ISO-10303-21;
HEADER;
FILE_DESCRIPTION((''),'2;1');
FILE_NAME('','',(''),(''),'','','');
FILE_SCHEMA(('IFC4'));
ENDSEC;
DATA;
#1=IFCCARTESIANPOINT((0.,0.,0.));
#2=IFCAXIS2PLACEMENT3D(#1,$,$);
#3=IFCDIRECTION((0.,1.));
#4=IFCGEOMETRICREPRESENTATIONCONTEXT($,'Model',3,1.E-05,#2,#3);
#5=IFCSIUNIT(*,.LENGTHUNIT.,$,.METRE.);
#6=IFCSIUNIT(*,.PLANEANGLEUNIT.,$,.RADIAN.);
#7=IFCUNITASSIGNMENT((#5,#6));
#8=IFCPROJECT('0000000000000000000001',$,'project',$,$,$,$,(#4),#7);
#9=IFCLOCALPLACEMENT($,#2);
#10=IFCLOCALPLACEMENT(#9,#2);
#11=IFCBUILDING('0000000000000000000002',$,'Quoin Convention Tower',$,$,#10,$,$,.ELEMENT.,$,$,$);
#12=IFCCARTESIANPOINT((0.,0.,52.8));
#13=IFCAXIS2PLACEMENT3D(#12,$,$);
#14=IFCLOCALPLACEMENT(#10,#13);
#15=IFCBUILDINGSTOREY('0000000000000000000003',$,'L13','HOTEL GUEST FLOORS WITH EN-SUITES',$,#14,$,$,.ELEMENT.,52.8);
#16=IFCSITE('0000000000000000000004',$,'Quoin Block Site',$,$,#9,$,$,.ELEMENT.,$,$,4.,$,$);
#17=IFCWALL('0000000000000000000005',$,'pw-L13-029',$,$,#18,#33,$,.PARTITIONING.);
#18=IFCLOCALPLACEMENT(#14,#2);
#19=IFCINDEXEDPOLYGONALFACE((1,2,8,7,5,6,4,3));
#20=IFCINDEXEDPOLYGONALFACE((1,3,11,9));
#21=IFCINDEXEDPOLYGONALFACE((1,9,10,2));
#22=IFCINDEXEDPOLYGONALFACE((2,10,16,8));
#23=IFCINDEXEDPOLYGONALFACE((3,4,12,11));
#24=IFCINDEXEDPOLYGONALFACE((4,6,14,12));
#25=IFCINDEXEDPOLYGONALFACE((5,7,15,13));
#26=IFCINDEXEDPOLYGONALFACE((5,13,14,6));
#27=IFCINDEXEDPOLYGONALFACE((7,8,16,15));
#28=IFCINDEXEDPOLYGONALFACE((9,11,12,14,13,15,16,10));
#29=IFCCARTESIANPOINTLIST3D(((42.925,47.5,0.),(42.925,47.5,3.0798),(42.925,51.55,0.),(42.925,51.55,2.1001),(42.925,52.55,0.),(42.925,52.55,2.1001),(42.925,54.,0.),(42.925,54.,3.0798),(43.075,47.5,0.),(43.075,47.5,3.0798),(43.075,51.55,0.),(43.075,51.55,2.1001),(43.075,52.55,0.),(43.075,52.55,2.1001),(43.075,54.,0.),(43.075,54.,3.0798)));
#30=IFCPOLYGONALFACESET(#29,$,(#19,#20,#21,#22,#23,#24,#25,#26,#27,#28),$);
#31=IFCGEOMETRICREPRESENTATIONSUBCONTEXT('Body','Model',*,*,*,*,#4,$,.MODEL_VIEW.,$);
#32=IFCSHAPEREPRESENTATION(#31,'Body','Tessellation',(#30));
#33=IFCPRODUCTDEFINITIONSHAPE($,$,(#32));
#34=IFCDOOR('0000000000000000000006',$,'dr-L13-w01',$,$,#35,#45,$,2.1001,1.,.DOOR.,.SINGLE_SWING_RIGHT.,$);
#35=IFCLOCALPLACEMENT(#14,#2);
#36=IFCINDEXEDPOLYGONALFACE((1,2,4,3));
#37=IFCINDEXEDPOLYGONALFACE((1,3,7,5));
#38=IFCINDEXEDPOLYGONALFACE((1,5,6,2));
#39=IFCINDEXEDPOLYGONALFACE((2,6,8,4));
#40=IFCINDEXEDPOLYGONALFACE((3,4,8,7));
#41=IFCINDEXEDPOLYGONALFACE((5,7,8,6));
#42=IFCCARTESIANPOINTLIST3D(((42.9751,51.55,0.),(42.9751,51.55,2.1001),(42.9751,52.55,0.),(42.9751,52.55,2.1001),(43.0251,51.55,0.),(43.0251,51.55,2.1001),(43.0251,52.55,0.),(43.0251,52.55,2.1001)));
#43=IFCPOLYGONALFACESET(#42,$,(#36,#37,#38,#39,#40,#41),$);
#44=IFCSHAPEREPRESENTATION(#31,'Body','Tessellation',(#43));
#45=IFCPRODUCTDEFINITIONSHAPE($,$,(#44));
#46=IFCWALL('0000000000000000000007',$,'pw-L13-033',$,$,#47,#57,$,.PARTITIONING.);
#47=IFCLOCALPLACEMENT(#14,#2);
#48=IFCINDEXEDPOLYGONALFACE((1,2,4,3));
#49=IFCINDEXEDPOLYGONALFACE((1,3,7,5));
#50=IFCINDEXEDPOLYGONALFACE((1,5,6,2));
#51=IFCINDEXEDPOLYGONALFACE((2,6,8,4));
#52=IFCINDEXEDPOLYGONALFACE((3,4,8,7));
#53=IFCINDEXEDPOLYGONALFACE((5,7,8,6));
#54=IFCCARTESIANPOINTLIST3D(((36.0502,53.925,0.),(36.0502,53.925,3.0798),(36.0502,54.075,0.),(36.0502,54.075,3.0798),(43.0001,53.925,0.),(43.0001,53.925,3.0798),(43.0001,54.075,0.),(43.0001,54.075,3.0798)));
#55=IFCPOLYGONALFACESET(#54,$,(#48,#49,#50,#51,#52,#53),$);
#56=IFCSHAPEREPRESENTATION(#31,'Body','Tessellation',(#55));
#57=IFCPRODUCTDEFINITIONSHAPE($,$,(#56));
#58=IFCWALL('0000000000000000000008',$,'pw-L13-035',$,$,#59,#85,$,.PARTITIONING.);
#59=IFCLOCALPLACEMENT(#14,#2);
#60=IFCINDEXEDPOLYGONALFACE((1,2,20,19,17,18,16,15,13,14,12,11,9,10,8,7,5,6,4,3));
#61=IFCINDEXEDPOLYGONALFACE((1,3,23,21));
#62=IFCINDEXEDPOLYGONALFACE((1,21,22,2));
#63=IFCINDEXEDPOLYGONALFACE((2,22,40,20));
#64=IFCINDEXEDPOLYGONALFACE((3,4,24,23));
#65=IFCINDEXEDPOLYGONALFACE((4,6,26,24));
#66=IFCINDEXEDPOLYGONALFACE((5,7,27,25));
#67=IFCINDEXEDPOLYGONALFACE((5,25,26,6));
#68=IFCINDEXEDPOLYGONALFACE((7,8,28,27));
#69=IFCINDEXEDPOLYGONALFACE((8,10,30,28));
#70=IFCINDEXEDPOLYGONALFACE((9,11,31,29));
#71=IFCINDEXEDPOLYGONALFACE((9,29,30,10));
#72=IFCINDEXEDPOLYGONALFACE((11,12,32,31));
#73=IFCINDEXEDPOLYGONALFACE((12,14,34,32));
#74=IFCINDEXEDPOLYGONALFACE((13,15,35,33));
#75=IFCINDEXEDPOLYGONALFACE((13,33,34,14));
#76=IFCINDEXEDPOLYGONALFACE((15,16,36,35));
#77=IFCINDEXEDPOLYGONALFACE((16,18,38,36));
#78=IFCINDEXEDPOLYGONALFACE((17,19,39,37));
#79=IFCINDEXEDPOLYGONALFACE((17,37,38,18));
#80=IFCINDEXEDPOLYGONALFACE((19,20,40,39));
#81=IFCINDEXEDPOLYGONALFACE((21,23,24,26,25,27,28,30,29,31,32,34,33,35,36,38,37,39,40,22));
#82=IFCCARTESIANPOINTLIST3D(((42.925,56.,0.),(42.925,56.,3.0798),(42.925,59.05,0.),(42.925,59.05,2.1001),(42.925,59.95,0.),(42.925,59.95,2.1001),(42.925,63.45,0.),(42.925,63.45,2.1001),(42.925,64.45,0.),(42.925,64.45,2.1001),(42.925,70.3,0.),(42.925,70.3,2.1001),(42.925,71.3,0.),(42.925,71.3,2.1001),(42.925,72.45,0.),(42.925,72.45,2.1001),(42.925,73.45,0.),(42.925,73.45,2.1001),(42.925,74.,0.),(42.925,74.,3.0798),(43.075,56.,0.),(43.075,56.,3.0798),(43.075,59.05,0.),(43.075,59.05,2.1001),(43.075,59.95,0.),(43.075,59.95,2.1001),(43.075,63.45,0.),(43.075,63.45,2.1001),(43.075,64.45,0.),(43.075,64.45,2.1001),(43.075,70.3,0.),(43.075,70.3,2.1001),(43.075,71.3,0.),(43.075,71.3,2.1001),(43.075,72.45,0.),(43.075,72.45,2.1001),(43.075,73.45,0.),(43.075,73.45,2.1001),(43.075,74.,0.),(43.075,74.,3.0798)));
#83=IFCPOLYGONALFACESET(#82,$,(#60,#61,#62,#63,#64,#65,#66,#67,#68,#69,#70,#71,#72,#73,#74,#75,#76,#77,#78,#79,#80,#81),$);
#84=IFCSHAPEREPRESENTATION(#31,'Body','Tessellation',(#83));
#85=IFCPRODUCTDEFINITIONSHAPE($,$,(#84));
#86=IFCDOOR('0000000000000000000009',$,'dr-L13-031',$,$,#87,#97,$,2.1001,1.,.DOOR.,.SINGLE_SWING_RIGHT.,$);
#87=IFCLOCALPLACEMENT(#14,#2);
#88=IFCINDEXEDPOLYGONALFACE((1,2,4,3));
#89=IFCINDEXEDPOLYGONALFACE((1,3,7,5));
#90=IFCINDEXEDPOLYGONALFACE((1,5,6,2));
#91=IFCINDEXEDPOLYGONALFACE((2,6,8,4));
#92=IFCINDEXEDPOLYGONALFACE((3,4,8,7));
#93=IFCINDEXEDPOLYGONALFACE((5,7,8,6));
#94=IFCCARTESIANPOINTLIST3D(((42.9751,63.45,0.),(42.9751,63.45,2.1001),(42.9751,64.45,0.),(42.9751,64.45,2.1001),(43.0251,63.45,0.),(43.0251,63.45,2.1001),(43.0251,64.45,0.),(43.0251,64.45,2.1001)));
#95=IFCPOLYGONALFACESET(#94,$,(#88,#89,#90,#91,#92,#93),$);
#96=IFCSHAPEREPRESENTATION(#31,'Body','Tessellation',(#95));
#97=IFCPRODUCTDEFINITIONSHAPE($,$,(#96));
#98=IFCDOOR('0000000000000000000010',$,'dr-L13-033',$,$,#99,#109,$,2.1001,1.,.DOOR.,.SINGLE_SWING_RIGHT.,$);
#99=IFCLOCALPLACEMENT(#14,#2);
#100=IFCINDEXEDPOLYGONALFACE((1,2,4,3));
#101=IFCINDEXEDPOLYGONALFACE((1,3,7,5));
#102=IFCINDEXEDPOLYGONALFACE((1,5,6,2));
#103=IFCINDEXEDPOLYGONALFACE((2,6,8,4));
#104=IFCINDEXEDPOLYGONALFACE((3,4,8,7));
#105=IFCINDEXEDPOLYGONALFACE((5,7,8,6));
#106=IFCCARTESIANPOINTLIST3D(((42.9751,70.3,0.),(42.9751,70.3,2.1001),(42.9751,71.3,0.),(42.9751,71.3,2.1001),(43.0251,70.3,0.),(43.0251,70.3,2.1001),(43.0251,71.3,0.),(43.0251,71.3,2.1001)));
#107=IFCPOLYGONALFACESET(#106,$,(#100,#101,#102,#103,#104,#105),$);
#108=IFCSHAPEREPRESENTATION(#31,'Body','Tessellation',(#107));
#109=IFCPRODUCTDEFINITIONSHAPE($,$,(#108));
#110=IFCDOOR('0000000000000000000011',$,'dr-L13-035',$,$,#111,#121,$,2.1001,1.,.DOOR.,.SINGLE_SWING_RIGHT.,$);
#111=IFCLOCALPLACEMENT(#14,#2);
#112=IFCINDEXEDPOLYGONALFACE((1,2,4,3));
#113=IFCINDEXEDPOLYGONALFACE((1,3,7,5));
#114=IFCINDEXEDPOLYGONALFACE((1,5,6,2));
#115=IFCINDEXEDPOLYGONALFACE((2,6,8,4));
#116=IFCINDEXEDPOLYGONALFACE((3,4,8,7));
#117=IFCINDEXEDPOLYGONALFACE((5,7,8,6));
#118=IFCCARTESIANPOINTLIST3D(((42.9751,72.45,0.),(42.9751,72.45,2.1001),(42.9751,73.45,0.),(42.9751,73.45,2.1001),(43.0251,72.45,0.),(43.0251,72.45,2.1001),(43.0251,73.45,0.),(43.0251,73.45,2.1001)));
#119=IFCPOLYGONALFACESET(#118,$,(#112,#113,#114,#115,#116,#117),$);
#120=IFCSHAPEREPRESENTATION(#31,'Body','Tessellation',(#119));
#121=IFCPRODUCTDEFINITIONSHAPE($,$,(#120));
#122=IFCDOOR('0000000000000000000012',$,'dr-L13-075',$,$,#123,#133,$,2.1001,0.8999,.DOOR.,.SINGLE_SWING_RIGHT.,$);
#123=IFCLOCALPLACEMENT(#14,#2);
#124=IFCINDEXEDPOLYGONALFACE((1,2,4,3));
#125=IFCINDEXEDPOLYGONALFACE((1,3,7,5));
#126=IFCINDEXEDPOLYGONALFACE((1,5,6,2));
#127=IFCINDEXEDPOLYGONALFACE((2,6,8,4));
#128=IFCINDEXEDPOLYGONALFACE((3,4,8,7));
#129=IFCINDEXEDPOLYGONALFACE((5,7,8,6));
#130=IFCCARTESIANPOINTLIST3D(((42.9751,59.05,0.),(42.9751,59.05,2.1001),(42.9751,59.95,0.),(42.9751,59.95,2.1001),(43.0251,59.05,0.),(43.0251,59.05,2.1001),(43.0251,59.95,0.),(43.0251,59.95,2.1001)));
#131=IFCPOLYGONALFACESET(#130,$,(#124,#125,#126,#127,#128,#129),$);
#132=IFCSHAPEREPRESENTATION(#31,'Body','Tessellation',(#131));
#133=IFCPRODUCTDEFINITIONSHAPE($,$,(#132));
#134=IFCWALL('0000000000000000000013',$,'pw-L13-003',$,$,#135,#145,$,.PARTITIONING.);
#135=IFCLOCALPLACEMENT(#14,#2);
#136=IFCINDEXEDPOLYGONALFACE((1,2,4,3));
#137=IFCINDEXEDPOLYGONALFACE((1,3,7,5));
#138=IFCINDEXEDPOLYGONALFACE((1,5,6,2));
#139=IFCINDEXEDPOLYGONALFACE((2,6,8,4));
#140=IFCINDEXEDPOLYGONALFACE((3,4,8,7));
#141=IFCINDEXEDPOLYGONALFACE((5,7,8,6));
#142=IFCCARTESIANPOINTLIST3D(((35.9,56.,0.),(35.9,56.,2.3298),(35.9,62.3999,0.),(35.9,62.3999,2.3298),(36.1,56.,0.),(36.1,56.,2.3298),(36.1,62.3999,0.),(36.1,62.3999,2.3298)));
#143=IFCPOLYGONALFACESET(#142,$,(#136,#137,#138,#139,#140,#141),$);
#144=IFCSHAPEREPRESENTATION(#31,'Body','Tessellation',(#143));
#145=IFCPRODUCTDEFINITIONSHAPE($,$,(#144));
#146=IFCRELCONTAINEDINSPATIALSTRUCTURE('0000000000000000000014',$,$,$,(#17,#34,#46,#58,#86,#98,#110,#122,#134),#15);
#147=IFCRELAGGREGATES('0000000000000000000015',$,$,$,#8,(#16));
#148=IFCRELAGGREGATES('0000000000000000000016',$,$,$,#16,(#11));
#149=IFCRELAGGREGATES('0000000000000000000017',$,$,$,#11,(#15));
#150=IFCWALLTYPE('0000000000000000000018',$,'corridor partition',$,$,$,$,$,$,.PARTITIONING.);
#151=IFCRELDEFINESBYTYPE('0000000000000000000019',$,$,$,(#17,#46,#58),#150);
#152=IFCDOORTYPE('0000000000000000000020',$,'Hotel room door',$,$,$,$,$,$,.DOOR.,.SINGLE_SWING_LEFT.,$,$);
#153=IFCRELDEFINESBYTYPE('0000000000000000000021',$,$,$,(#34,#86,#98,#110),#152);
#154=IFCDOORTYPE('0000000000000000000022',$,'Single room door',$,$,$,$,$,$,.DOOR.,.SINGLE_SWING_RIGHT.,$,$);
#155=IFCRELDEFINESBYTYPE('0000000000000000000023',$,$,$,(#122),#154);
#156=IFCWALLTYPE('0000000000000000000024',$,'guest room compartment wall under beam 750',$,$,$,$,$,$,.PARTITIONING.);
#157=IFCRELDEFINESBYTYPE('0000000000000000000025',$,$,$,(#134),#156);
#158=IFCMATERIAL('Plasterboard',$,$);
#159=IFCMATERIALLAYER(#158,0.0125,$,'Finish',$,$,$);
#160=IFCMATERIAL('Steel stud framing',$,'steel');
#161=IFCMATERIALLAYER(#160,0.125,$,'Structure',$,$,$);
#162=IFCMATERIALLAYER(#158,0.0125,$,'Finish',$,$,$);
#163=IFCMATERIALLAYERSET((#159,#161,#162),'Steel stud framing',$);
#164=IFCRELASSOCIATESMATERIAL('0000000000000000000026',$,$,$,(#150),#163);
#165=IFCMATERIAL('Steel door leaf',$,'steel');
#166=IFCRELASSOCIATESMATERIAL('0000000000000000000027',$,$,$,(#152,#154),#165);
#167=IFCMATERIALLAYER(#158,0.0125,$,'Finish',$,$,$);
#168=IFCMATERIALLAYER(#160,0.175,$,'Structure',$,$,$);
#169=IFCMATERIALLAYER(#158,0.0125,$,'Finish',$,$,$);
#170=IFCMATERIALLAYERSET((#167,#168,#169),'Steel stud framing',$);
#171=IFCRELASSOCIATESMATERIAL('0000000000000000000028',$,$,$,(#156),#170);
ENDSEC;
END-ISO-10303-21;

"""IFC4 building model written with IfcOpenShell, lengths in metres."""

from ifc_helpers import new_model, si_unit, direction, frame, frame_2d, origin, place, context, subcontext, project, spatial, rectangle, extrude, material, layer, layer_set, type_object, element, fill, save


model = new_model("IFC4")

# Units and contexts
model_context = context("Model", 3, precision=1e-05, world=origin(), true_north=direction((0.0, 1.0)))
body_context = subcontext(model_context, "Body", "Model", "MODEL_VIEW")
ifc_project = project(units=[si_unit("LENGTHUNIT", "METRE"), si_unit("PLANEANGLEUNIT", "RADIAN")], contexts=[model_context])

# Site, building, storey
site_placement = place(None, origin())
site = spatial("IfcSite", under=ifc_project, at=site_placement, Name="Quoin Block Site", CompositionType="ELEMENT", RefElevation=4.0)
building_placement = place(site_placement, origin())
building = spatial("IfcBuilding", under=site, at=building_placement, Name="Quoin Convention Tower", CompositionType="ELEMENT")
storey_placement = place(building_placement, frame((0.0, 0.0, 52.8)))
storey = spatial("IfcBuildingStorey", under=building, at=storey_placement, Name="L13", Description="HOTEL GUEST FLOORS WITH EN-SUITES", CompositionType="ELEMENT", Elevation=52.8)

# Shared definitions
ifc_material_1 = material(Name="Plasterboard")
ifc_material_2 = material(Name="Steel stud framing", Category="steel")
ifc_material_3 = material(Name="Steel door leaf", Category="steel")

# Shared definitions
ifc_layer_1 = layer(ifc_material_1, 0.0125, Name="Finish")
ifc_layer_2 = layer(ifc_material_2, 0.125, Name="Structure")
ifc_layer_3 = layer(ifc_material_1, 0.0125, Name="Finish")
ifc_layer_set_1 = layer_set([ifc_layer_1, ifc_layer_2, ifc_layer_3], Name="Steel stud framing")
wall_type_1 = type_object("IfcWallType", Name="corridor partition", PredefinedType="PARTITIONING", material=ifc_layer_set_1)

# Wall, opening, door
wall_1_placement = place(storey_placement, frame((43.0, 47.5, 0.0), z_axis=(0.0, 0.0, 1.0), x_axis=(0.0, 1.0, 0.0)))
wall_1 = element("IfcWall", 1, at=wall_1_placement, inside=storey, type_object=wall_type_1, Name="pw-L13-029", PredefinedType="PARTITIONING", context=body_context, shape_type="SweptSolid", body=[
    extrude(rectangle(XDim=6.5, YDim=0.1499, at=frame_2d((3.25, 0.0))), origin(), (0.0, 0.0, 1.0), 3.0798),
])
opening_1_placement = place(wall_1_placement, frame((4.05, 0.0, 0.0)))
opening_1 = element("IfcOpeningElement", 2, at=opening_1_placement, cuts=wall_1, PredefinedType="OPENING", context=body_context, shape_type="SweptSolid", body=[
    extrude(rectangle(XDim=1.0, YDim=2.1001, at=frame_2d((0.5, 1.05))), frame((0.0, 0.085, 0.0), z_axis=(0.0, -1.0, 0.0), x_axis=(1.0, 0.0, 0.0)), (0.0, 0.0, 1.0), 0.1699),
])
door_type_1 = type_object("IfcDoorType", Name="Hotel room door", OperationType="SINGLE_SWING_LEFT", PredefinedType="DOOR", material=ifc_material_3)
door_1_placement = place(opening_1_placement, origin())
door_1 = element("IfcDoor", 3, at=door_1_placement, inside=storey, type_object=door_type_1, Name="dr-L13-w01", OperationType="SINGLE_SWING_RIGHT", OverallHeight=2.1001, OverallWidth=1.0, PredefinedType="DOOR", context=body_context, shape_type="SweptSolid", body=[
    extrude(rectangle(XDim=1.0, YDim=2.1001, at=frame_2d((0.5, 1.05))), frame((0.0, 0.0249, 0.0), z_axis=(0.0, -1.0, 0.0), x_axis=(1.0, 0.0, 0.0)), (0.0, 0.0, 1.0), 0.05),
])
fill(opening_1, door_1)

# Wall
wall_2_placement = place(storey_placement, frame((36.05, 54.0, 0.0), z_axis=(0.0, 0.0, 1.0), x_axis=(1.0, 0.0, 0.0)))
element("IfcWall", 4, at=wall_2_placement, inside=storey, type_object=wall_type_1, Name="pw-L13-033", PredefinedType="PARTITIONING", context=body_context, shape_type="SweptSolid", body=[
    extrude(rectangle(XDim=6.95, YDim=0.1499, at=frame_2d((3.4751, 0.0))), origin(), (0.0, 0.0, 1.0), 3.0798),
])

# Wall, openings, doors
wall_3_placement = place(storey_placement, frame((43.0, 56.0, 0.0), z_axis=(0.0, 0.0, 1.0), x_axis=(0.0, 1.0, 0.0)))
wall_3 = element("IfcWall", 5, at=wall_3_placement, inside=storey, type_object=wall_type_1, Name="pw-L13-035", PredefinedType="PARTITIONING", context=body_context, shape_type="SweptSolid", body=[
    extrude(rectangle(XDim=18.0, YDim=0.1499, at=frame_2d((9.0, 0.0))), origin(), (0.0, 0.0, 1.0), 3.0798),
])
opening_2_placement = place(wall_3_placement, frame((7.45, 0.0, 0.0)))
opening_2 = element("IfcOpeningElement", 6, at=opening_2_placement, cuts=wall_3, PredefinedType="OPENING", context=body_context, shape_type="SweptSolid", body=[
    extrude(rectangle(XDim=1.0, YDim=2.1001, at=frame_2d((0.5, 1.05))), frame((0.0, 0.085, 0.0), z_axis=(0.0, -1.0, 0.0), x_axis=(1.0, 0.0, 0.0)), (0.0, 0.0, 1.0), 0.1699),
])
opening_3_placement = place(wall_3_placement, frame((14.3, 0.0, 0.0)))
opening_3 = element("IfcOpeningElement", 7, at=opening_3_placement, cuts=wall_3, PredefinedType="OPENING", context=body_context, shape_type="SweptSolid", body=[
    extrude(rectangle(XDim=1.0, YDim=2.1001, at=frame_2d((0.5, 1.05))), frame((0.0, 0.085, 0.0), z_axis=(0.0, -1.0, 0.0), x_axis=(1.0, 0.0, 0.0)), (0.0, 0.0, 1.0), 0.1699),
])
opening_4_placement = place(wall_3_placement, frame((16.45, 0.0, 0.0)))
opening_4 = element("IfcOpeningElement", 8, at=opening_4_placement, cuts=wall_3, PredefinedType="OPENING", context=body_context, shape_type="SweptSolid", body=[
    extrude(rectangle(XDim=1.0, YDim=2.1001, at=frame_2d((0.5, 1.05))), frame((0.0, 0.085, 0.0), z_axis=(0.0, -1.0, 0.0), x_axis=(1.0, 0.0, 0.0)), (0.0, 0.0, 1.0), 0.1699),
])
opening_5_placement = place(wall_3_placement, frame((3.05, 0.0, 0.0)))
opening_5 = element("IfcOpeningElement", 9, at=opening_5_placement, cuts=wall_3, PredefinedType="OPENING", context=body_context, shape_type="SweptSolid", body=[
    extrude(rectangle(XDim=0.8999, YDim=2.1001, at=frame_2d((0.45, 1.05))), frame((0.0, 0.085, 0.0), z_axis=(0.0, -1.0, 0.0), x_axis=(1.0, 0.0, 0.0)), (0.0, 0.0, 1.0), 0.1699),
])
door_2_placement = place(opening_2_placement, origin())
door_2 = element("IfcDoor", 10, at=door_2_placement, inside=storey, type_object=door_type_1, Name="dr-L13-031", OperationType="SINGLE_SWING_RIGHT", OverallHeight=2.1001, OverallWidth=1.0, PredefinedType="DOOR", context=body_context, shape_type="SweptSolid", body=[
    extrude(rectangle(XDim=1.0, YDim=2.1001, at=frame_2d((0.5, 1.05))), frame((0.0, 0.0249, 0.0), z_axis=(0.0, -1.0, 0.0), x_axis=(1.0, 0.0, 0.0)), (0.0, 0.0, 1.0), 0.05),
])
fill(opening_2, door_2)
door_3_placement = place(opening_3_placement, origin())
door_3 = element("IfcDoor", 11, at=door_3_placement, inside=storey, type_object=door_type_1, Name="dr-L13-033", OperationType="SINGLE_SWING_RIGHT", OverallHeight=2.1001, OverallWidth=1.0, PredefinedType="DOOR", context=body_context, shape_type="SweptSolid", body=[
    extrude(rectangle(XDim=1.0, YDim=2.1001, at=frame_2d((0.5, 1.05))), frame((0.0, 0.0249, 0.0), z_axis=(0.0, -1.0, 0.0), x_axis=(1.0, 0.0, 0.0)), (0.0, 0.0, 1.0), 0.05),
])
fill(opening_3, door_3)
door_4_placement = place(opening_4_placement, origin())
door_4 = element("IfcDoor", 12, at=door_4_placement, inside=storey, type_object=door_type_1, Name="dr-L13-035", OperationType="SINGLE_SWING_RIGHT", OverallHeight=2.1001, OverallWidth=1.0, PredefinedType="DOOR", context=body_context, shape_type="SweptSolid", body=[
    extrude(rectangle(XDim=1.0, YDim=2.1001, at=frame_2d((0.5, 1.05))), frame((0.0, 0.0249, 0.0), z_axis=(0.0, -1.0, 0.0), x_axis=(1.0, 0.0, 0.0)), (0.0, 0.0, 1.0), 0.05),
])
fill(opening_4, door_4)
door_type_2 = type_object("IfcDoorType", Name="Single room door", OperationType="SINGLE_SWING_RIGHT", PredefinedType="DOOR", material=ifc_material_3)
door_5_placement = place(opening_5_placement, origin())
door_5 = element("IfcDoor", 13, at=door_5_placement, inside=storey, type_object=door_type_2, Name="dr-L13-075", OperationType="SINGLE_SWING_RIGHT", OverallHeight=2.1001, OverallWidth=0.8999, PredefinedType="DOOR", context=body_context, shape_type="SweptSolid", body=[
    extrude(rectangle(XDim=0.8999, YDim=2.1001, at=frame_2d((0.45, 1.05))), frame((0.0, 0.0249, 0.0), z_axis=(0.0, -1.0, 0.0), x_axis=(1.0, 0.0, 0.0)), (0.0, 0.0, 1.0), 0.05),
])
fill(opening_5, door_5)

# Wall
ifc_layer_4 = layer(ifc_material_1, 0.0125, Name="Finish")
ifc_layer_5 = layer(ifc_material_2, 0.175, Name="Structure")
ifc_layer_6 = layer(ifc_material_1, 0.0125, Name="Finish")
ifc_layer_set_2 = layer_set([ifc_layer_4, ifc_layer_5, ifc_layer_6], Name="Steel stud framing")
wall_type_2 = type_object("IfcWallType", Name="guest room compartment wall under beam 750", PredefinedType="PARTITIONING", material=ifc_layer_set_2)
wall_4_placement = place(storey_placement, frame((36.0, 56.0, 0.0), z_axis=(0.0, 0.0, 1.0), x_axis=(0.0, 1.0, 0.0)))
element("IfcWall", 14, at=wall_4_placement, inside=storey, type_object=wall_type_2, Name="pw-L13-003", PredefinedType="PARTITIONING", context=body_context, shape_type="SweptSolid", body=[
    extrude(rectangle(XDim=6.3999, YDim=0.2, at=frame_2d((3.2, 0.0))), origin(), (0.0, 0.0, 1.0), 2.3298),
])

save(model, "model.ifc")
